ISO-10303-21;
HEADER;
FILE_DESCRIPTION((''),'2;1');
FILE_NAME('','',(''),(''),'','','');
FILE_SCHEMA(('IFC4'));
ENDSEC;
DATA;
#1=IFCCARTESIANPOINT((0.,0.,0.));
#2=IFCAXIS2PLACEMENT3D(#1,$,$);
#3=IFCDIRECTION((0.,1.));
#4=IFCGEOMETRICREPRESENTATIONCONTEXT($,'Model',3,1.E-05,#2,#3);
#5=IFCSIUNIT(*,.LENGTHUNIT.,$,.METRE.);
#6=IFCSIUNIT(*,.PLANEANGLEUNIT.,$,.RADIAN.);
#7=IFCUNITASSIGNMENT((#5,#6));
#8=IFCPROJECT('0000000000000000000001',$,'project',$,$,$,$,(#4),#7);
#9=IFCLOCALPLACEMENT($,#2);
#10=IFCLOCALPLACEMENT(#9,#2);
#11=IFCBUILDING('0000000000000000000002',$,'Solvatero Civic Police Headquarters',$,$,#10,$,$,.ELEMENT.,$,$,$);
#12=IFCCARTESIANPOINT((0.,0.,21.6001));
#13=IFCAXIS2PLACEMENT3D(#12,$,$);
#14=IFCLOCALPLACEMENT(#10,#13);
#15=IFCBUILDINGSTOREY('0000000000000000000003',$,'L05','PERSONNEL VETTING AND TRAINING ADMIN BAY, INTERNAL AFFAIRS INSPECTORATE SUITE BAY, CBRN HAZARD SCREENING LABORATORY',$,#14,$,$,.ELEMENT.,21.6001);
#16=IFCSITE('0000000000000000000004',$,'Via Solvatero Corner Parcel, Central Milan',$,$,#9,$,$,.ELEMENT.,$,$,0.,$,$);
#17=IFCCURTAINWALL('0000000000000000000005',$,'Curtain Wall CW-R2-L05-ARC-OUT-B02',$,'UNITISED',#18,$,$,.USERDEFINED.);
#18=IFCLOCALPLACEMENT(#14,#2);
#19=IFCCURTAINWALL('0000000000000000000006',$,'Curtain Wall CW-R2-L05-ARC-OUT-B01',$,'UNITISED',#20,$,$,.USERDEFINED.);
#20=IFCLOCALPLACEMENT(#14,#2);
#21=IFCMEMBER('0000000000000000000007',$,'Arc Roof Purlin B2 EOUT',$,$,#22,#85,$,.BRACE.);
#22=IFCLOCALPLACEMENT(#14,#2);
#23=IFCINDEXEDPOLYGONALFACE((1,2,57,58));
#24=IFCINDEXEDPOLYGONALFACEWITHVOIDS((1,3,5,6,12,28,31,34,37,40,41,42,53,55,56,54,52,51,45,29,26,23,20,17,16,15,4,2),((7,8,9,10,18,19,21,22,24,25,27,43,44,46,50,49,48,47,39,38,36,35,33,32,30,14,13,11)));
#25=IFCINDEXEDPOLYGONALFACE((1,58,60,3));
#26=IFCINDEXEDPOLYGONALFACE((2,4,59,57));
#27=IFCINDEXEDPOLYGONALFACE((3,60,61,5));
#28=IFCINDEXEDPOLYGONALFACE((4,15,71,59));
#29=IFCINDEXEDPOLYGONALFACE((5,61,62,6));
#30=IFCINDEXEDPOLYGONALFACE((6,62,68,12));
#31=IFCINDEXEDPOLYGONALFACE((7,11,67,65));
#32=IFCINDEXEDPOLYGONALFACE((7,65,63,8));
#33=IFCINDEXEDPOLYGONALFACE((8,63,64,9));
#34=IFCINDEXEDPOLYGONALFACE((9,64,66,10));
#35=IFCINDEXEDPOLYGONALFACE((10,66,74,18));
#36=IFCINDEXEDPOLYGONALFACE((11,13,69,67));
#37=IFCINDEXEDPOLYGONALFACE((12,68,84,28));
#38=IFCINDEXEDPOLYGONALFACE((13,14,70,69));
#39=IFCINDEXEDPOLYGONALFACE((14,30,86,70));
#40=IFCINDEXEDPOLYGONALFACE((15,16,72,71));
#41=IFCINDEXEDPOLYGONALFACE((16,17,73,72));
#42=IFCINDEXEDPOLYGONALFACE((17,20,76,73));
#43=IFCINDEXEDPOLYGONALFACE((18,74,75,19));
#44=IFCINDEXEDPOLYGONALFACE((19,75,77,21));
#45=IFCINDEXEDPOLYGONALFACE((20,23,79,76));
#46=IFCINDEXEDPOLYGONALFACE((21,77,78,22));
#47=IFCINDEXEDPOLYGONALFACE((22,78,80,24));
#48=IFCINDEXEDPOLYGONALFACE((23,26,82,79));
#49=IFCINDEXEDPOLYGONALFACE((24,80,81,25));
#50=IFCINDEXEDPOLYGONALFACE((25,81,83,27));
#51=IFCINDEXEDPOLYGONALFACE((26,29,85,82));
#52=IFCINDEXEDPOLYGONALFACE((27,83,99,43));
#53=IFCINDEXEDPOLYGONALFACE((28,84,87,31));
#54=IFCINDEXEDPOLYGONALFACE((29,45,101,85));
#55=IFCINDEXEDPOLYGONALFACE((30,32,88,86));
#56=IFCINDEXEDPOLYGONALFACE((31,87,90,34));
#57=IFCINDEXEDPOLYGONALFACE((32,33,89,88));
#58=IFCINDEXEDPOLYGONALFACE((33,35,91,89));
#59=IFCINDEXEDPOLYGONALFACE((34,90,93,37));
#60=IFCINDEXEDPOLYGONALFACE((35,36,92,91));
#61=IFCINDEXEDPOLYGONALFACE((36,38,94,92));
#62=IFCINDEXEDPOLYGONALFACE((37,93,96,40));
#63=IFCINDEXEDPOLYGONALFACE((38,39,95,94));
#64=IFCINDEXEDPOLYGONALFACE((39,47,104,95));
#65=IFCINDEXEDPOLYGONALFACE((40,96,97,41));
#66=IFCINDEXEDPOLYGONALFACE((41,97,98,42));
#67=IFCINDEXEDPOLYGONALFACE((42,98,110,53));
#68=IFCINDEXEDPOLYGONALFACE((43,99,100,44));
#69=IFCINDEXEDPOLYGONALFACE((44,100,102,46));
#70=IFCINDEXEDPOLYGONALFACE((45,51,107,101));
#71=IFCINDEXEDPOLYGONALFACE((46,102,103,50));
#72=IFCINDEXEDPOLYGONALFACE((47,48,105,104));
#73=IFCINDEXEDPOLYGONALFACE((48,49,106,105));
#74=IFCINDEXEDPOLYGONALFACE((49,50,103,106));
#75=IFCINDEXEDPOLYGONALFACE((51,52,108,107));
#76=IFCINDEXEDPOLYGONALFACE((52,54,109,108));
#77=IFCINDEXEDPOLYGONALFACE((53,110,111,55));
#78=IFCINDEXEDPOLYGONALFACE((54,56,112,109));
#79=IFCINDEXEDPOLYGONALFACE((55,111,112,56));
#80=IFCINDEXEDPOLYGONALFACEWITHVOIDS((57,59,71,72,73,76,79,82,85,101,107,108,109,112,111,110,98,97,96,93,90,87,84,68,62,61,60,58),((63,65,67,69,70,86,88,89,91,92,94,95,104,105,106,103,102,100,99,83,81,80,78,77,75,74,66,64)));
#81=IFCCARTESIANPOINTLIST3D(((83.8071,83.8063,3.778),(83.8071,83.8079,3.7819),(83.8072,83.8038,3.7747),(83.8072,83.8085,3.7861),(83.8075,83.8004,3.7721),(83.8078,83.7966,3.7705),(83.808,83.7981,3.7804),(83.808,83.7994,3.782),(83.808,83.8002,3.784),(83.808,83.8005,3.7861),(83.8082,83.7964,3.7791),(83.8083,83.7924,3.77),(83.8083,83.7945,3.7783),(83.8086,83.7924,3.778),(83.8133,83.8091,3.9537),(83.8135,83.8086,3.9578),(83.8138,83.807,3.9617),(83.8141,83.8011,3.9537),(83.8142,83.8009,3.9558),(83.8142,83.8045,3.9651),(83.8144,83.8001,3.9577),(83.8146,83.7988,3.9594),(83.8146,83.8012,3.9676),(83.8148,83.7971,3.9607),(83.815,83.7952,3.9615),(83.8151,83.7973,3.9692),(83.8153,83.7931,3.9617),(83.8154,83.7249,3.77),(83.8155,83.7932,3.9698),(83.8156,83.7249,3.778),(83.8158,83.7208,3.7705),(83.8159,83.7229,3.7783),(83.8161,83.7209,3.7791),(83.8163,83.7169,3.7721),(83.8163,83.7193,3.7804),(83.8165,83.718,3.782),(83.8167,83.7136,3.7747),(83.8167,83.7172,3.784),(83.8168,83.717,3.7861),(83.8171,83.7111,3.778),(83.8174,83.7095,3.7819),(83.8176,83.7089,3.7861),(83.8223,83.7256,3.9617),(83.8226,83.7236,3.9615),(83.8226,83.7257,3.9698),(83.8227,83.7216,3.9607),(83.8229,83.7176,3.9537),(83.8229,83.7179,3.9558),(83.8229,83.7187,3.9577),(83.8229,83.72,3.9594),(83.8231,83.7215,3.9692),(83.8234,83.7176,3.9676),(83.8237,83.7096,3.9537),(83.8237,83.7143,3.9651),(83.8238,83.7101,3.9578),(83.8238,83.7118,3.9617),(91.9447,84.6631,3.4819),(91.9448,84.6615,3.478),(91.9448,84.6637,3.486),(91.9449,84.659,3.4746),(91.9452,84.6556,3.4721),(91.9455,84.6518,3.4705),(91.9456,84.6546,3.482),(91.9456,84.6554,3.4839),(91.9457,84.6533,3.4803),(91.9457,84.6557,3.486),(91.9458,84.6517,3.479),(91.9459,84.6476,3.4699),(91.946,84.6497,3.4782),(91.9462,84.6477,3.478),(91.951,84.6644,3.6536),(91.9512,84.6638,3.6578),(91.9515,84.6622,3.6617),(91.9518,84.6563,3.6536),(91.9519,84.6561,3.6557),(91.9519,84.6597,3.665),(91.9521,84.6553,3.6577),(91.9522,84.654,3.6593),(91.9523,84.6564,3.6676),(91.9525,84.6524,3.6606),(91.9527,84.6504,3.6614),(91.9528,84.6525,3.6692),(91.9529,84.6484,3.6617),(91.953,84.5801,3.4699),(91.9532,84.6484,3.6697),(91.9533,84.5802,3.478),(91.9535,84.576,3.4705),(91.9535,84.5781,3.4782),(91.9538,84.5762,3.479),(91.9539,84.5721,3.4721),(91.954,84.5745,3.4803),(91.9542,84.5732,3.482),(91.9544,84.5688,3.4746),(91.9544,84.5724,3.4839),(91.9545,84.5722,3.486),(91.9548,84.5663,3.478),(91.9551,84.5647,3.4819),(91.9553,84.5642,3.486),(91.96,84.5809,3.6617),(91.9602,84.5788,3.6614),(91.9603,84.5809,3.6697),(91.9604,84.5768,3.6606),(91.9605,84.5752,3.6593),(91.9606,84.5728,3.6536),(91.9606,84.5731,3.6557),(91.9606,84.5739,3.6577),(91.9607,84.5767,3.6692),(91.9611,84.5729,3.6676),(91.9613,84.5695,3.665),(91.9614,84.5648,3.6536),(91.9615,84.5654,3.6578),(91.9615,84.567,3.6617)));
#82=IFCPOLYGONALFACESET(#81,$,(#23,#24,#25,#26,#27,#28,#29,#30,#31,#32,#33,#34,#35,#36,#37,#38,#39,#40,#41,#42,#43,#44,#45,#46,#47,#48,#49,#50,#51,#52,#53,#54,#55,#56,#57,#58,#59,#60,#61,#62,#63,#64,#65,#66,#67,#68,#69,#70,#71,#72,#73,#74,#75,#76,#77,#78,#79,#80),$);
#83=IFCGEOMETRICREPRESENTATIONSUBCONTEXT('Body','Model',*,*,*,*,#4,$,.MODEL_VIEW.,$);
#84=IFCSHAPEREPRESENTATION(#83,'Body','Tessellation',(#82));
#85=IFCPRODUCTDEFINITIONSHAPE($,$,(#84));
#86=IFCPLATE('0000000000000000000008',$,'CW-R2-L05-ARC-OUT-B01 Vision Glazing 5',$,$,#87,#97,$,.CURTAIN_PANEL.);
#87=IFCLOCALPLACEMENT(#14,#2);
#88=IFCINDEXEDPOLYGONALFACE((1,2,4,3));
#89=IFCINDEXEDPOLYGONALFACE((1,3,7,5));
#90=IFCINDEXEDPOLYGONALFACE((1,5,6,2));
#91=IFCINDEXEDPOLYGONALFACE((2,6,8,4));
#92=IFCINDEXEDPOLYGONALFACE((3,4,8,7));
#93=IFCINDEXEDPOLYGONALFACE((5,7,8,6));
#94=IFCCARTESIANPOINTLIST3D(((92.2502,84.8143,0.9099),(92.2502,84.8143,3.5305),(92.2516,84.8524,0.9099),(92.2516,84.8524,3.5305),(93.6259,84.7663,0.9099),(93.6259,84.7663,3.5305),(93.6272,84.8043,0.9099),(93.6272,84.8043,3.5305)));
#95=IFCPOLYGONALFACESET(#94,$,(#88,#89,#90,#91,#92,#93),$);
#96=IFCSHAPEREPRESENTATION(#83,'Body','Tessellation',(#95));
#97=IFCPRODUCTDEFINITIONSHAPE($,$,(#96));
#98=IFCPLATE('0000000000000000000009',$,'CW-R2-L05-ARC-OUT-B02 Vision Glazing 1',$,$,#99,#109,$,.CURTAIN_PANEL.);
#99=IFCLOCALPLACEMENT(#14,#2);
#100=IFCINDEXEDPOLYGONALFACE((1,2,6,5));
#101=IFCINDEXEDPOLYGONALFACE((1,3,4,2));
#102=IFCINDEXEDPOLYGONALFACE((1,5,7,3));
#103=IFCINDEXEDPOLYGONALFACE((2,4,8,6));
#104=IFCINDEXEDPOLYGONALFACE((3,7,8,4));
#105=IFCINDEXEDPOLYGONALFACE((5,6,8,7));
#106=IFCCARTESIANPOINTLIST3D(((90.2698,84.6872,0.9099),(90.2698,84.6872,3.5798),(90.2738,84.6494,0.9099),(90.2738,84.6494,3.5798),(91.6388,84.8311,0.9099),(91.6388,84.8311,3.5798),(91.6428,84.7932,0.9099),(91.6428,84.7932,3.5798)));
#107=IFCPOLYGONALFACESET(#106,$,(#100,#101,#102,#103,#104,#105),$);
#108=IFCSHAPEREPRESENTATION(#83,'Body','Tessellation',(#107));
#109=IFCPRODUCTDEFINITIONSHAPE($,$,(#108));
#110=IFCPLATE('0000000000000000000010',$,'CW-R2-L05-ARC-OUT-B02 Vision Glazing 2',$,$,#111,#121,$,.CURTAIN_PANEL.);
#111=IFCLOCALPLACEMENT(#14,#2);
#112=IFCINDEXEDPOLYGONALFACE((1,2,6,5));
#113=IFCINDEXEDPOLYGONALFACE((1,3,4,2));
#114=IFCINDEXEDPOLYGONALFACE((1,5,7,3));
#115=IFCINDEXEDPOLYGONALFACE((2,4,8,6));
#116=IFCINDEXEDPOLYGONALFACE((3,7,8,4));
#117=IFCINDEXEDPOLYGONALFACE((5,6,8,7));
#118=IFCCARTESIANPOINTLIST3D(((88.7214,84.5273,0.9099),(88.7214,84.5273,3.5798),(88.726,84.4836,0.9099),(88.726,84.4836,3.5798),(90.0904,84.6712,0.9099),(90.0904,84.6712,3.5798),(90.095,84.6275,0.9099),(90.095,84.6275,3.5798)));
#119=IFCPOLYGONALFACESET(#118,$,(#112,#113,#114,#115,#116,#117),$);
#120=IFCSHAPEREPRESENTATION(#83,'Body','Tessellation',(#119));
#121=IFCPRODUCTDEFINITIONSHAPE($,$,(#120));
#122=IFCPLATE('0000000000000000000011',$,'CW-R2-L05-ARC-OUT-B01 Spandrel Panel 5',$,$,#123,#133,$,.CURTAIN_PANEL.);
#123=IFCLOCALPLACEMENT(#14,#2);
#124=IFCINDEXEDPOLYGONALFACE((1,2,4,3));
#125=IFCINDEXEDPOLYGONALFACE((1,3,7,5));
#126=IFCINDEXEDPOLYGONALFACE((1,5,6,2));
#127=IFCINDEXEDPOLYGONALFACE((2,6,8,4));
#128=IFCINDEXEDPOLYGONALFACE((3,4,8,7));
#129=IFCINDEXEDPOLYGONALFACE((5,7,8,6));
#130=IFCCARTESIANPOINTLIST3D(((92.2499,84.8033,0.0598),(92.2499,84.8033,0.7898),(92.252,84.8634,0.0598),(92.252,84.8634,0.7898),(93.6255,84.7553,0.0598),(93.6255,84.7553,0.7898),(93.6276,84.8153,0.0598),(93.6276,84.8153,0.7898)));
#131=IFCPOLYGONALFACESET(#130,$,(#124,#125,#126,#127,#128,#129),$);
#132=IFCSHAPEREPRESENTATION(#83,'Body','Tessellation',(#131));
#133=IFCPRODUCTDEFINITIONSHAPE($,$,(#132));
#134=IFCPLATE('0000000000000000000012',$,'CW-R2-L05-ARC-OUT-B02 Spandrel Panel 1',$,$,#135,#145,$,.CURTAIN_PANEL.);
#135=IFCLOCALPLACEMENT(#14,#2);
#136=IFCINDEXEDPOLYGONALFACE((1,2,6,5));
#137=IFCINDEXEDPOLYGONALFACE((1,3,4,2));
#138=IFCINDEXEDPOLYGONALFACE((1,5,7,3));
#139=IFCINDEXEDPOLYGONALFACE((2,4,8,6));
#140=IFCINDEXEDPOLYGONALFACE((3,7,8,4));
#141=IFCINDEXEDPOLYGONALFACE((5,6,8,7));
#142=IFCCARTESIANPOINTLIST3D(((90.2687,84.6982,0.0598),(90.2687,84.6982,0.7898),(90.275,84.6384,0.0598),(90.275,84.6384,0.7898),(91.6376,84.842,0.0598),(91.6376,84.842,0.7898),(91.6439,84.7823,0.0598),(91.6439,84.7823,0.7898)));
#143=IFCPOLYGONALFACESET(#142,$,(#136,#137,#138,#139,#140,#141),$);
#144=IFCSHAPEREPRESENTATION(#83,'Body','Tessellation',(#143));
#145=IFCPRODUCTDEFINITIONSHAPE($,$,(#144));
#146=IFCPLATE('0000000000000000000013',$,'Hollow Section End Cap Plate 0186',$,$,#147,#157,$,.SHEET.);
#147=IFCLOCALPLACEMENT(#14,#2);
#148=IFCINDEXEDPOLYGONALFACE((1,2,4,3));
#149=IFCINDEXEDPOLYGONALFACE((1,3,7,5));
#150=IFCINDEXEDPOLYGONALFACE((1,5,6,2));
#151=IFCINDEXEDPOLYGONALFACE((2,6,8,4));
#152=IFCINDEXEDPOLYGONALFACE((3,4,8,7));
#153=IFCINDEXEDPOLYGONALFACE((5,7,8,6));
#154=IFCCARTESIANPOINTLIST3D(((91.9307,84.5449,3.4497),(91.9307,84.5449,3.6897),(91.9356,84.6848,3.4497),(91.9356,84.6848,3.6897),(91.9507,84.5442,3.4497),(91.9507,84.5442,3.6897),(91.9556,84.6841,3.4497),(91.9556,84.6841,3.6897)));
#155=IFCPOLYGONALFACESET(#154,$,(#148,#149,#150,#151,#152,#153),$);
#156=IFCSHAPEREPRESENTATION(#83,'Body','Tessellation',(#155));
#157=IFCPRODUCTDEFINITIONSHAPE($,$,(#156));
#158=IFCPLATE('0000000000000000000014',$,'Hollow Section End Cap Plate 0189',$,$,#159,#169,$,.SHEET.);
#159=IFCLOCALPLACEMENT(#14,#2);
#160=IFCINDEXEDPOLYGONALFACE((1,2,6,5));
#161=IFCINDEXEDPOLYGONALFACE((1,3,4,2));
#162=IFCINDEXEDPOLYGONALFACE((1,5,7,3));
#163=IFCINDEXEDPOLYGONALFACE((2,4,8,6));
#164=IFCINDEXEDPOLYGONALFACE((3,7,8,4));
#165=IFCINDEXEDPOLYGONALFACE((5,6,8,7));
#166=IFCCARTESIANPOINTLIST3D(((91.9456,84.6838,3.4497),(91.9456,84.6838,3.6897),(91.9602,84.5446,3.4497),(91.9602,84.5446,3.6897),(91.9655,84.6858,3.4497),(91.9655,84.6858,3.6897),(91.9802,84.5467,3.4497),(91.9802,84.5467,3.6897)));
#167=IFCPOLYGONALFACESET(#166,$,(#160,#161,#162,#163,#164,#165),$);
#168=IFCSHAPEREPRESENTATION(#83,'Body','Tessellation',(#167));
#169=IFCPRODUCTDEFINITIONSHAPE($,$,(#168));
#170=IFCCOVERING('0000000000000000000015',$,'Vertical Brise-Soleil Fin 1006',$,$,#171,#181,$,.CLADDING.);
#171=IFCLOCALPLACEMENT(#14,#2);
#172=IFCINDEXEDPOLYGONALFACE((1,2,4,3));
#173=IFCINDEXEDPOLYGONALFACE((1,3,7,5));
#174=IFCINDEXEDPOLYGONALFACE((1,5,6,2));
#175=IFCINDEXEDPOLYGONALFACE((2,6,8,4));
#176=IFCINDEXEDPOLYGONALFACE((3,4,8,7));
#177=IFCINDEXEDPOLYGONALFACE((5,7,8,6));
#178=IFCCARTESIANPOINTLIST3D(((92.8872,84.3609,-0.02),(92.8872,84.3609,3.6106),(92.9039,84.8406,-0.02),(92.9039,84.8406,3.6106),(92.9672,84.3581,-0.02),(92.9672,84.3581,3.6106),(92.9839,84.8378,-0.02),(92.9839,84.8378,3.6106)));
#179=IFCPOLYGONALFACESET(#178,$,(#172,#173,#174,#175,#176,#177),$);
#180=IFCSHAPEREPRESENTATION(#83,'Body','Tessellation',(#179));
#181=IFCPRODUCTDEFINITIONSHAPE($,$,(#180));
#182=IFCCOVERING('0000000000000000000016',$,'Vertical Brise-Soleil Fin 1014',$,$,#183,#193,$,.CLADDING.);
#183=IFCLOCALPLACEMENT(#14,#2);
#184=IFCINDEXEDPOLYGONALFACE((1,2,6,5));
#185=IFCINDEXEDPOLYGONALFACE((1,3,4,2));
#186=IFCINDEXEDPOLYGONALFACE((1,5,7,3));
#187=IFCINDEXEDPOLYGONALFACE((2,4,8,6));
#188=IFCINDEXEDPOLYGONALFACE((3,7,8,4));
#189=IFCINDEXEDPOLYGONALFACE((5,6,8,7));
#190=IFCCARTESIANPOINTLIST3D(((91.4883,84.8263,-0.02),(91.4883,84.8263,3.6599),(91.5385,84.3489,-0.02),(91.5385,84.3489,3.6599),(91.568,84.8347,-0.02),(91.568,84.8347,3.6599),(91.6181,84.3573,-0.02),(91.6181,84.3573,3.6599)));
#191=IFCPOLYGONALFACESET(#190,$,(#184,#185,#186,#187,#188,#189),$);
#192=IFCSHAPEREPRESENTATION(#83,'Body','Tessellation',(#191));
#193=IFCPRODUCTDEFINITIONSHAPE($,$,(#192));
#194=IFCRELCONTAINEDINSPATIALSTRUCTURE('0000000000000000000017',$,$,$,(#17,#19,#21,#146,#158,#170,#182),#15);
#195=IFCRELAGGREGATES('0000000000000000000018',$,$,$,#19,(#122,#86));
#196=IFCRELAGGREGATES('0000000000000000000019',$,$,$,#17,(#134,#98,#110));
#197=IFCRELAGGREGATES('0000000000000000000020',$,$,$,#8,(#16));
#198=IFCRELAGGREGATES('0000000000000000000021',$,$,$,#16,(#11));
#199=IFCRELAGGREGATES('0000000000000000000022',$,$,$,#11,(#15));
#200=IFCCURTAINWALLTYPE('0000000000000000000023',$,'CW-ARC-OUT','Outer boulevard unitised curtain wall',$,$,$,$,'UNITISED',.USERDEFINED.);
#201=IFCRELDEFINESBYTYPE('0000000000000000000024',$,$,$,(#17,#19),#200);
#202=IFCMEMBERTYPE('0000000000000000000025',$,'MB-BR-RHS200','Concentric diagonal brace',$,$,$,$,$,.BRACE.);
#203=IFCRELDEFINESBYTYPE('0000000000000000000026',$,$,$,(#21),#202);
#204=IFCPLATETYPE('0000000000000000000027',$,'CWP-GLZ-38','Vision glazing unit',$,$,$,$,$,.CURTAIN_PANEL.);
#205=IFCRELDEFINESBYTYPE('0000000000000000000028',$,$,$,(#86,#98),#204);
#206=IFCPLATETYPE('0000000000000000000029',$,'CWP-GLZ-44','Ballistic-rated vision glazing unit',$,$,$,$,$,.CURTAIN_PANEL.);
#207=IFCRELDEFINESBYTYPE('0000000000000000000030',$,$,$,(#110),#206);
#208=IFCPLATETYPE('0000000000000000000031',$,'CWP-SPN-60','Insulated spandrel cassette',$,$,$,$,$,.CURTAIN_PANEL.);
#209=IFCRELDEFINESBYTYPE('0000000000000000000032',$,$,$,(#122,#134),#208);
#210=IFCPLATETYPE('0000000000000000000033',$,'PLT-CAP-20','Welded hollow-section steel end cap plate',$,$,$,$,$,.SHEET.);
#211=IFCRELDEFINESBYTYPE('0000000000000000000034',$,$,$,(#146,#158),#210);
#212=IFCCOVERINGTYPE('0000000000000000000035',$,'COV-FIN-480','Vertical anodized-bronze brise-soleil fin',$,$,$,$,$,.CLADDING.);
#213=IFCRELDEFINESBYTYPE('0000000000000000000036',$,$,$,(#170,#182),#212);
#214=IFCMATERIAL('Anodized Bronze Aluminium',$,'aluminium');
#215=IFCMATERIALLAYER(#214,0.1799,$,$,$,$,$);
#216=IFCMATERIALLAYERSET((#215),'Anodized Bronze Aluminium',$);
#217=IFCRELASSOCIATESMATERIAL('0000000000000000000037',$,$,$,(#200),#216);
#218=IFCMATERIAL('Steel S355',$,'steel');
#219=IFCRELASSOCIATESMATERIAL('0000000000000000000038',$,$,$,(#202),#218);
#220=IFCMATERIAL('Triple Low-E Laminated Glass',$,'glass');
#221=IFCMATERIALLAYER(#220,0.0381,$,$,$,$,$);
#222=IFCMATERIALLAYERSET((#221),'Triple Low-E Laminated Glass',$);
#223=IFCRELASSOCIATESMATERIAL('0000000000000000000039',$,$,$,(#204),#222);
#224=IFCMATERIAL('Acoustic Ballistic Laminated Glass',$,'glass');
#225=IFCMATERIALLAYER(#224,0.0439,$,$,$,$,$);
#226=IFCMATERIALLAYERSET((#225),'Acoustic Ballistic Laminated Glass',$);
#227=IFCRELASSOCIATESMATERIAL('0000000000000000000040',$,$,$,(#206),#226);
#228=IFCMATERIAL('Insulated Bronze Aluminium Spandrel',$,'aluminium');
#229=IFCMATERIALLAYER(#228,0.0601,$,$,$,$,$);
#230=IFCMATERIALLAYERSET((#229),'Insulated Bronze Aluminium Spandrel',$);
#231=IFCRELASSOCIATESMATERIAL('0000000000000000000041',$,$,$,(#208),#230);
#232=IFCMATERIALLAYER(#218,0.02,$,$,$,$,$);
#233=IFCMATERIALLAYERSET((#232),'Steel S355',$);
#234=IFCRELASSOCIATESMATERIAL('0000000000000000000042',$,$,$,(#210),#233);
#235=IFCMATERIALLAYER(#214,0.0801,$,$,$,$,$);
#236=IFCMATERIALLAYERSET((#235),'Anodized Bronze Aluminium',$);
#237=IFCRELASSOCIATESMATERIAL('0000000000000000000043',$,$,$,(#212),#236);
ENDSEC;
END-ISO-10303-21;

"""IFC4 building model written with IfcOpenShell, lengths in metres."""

from ifc_helpers import new_model, si_unit, direction, frame, origin, origin_2d, place, context, subcontext, project, spatial, rectangle, hollow_rectangle, extrude, material, layer, layer_set, material_profile, profile_set, type_object, element, aggregate, save


model = new_model("IFC4")

# Units and contexts
model_context = context("Model", 3, precision=1e-05, world=origin(), true_north=direction((0.0, 1.0)))
body_context = subcontext(model_context, "Body", "Model", "MODEL_VIEW")
ifc_project = project(units=[si_unit("LENGTHUNIT", "METRE"), si_unit("PLANEANGLEUNIT", "RADIAN")], contexts=[model_context])

# Site, building, storey
site_placement = place(None, origin())
site = spatial("IfcSite", under=ifc_project, at=site_placement, Name="Via Solvatero Corner Parcel, Central Milan", CompositionType="ELEMENT", RefElevation=0.0)
building_placement = place(site_placement, origin())
building = spatial("IfcBuilding", under=site, at=building_placement, Name="Solvatero Civic Police Headquarters", CompositionType="ELEMENT")
storey_placement = place(building_placement, frame((0.0, 0.0, 21.6001)))
storey = spatial("IfcBuildingStorey", under=building, at=storey_placement, Name="L05", Description="PERSONNEL VETTING AND TRAINING ADMIN BAY, INTERNAL AFFAIRS INSPECTORATE SUITE BAY, CBRN HAZARD SCREENING LABORATORY", CompositionType="ELEMENT", Elevation=21.6001)

# Shared definitions
ifc_material_1 = material(Name="Steel S355", Category="steel")

# Curtain wall
ifc_material_2 = material(Name="Anodized Bronze Aluminium", Category="aluminium")
ifc_layer_1 = layer(ifc_material_2, 0.1799)
ifc_layer_set_1 = layer_set([ifc_layer_1], Name="Anodized Bronze Aluminium")
curtain_wall_type = type_object("IfcCurtainWallType", Name="CW-ARC-OUT", Description="Outer boulevard unitised curtain wall", ElementType="UNITISED", PredefinedType="USERDEFINED", material=ifc_layer_set_1)
curtain_wall_1_placement = place(storey_placement, origin())
curtain_wall_1 = element("IfcCurtainWall", 1, at=curtain_wall_1_placement, inside=storey, type_object=curtain_wall_type, Name="Curtain Wall CW-R2-L05-ARC-OUT-B02", ObjectType="UNITISED", PredefinedType="USERDEFINED")

# Curtain wall
curtain_wall_2_placement = place(storey_placement, origin())
curtain_wall_2 = element("IfcCurtainWall", 2, at=curtain_wall_2_placement, inside=storey, type_object=curtain_wall_type, Name="Curtain Wall CW-R2-L05-ARC-OUT-B01", ObjectType="UNITISED", PredefinedType="USERDEFINED")

# Member
ifc_material_profile_1 = material_profile(ifc_material_1, hollow_rectangle(XDim=0.1001, YDim=0.2, WallThickness=0.0081, InnerFilletRadius=0.0081, OuterFilletRadius=0.0161, at=origin_2d()), Name="RHS 200x100x8.0")
ifc_profile_set_1 = profile_set([ifc_material_profile_1], Name="Steel S355")
member_type_1 = type_object("IfcMemberType", Name="MB-BR-RHS200", Description="Concentric diagonal brace", PredefinedType="BRACE", material=ifc_profile_set_1)
member_1_placement = place(storey_placement, frame((91.9531, 84.6143, 3.5698), z_axis=(-0.993855, -0.104448, 0.036645), x_axis=(0.104519, -0.994523, 0.0)))
element("IfcMember", 3, at=member_1_placement, inside=storey, type_object=member_type_1, Name="Arc Roof Purlin B2 EOUT", PredefinedType="BRACE", context=body_context, shape_type="SweptSolid", body=[
    extrude(hollow_rectangle(XDim=0.1001, YDim=0.2, WallThickness=0.0081, InnerFilletRadius=0.0081, OuterFilletRadius=0.0161, at=origin_2d()), origin(), (0.0, 0.0, 1.0), 8.188),
])

# Plates
ifc_material_3 = material(Name="Triple Low-E Laminated Glass", Category="glass")
ifc_layer_2 = layer(ifc_material_3, 0.0381)
ifc_layer_set_2 = layer_set([ifc_layer_2], Name="Triple Low-E Laminated Glass")
plate_type_1 = type_object("IfcPlateType", Name="CWP-GLZ-38", Description="Vision glazing unit", PredefinedType="CURTAIN_PANEL", material=ifc_layer_set_2)
plate_1_placement = place(storey_placement, frame((92.9387, 84.8093, 0.9099), z_axis=(0.0, 0.0, 1.0), x_axis=(-0.99939, 0.034917, 0.0)))
plate_1 = element("IfcPlate", 4, at=plate_1_placement, type_object=plate_type_1, Name="CW-R2-L05-ARC-OUT-B01 Vision Glazing 5", PredefinedType="CURTAIN_PANEL", context=body_context, shape_type="SweptSolid", body=[
    extrude(rectangle(XDim=1.3765, YDim=0.0381, at=origin_2d()), origin(), (0.0, 0.0, 1.0), 2.6206),
])
plate_2_placement = place(storey_placement, frame((90.9563, 84.7402, 0.9099), z_axis=(0.0, 0.0, 1.0), x_axis=(-0.994524, -0.104511, 0.0)))
plate_2 = element("IfcPlate", 5, at=plate_2_placement, type_object=plate_type_1, Name="CW-R2-L05-ARC-OUT-B02 Vision Glazing 1", PredefinedType="CURTAIN_PANEL", context=body_context, shape_type="SweptSolid", body=[
    extrude(rectangle(XDim=1.3765, YDim=0.0381, at=origin_2d()), origin(), (0.0, 0.0, 1.0), 2.6699),
])
ifc_material_4 = material(Name="Acoustic Ballistic Laminated Glass", Category="glass")
ifc_layer_3 = layer(ifc_material_4, 0.0439)
ifc_layer_set_3 = layer_set([ifc_layer_3], Name="Acoustic Ballistic Laminated Glass")
plate_type_2 = type_object("IfcPlateType", Name="CWP-GLZ-44", Description="Ballistic-rated vision glazing unit", PredefinedType="CURTAIN_PANEL", material=ifc_layer_set_3)
plate_3_placement = place(storey_placement, frame((89.4082, 84.5774, 0.9099), z_axis=(0.0, 0.0, 1.0), x_axis=(-0.994524, -0.104511, 0.0)))
plate_3 = element("IfcPlate", 6, at=plate_3_placement, type_object=plate_type_2, Name="CW-R2-L05-ARC-OUT-B02 Vision Glazing 2", PredefinedType="CURTAIN_PANEL", context=body_context, shape_type="SweptSolid", body=[
    extrude(rectangle(XDim=1.3765, YDim=0.0439, at=origin_2d()), origin(), (0.0, 0.0, 1.0), 2.6699),
])
ifc_material_5 = material(Name="Insulated Bronze Aluminium Spandrel", Category="aluminium")
ifc_layer_4 = layer(ifc_material_5, 0.0601)
ifc_layer_set_4 = layer_set([ifc_layer_4], Name="Insulated Bronze Aluminium Spandrel")
plate_type_3 = type_object("IfcPlateType", Name="CWP-SPN-60", Description="Insulated spandrel cassette", PredefinedType="CURTAIN_PANEL", material=ifc_layer_set_4)
plate_4_placement = place(storey_placement, frame((92.9387, 84.8093, 0.0598), z_axis=(0.0, 0.0, 1.0), x_axis=(-0.99939, 0.034917, 0.0)))
plate_4 = element("IfcPlate", 7, at=plate_4_placement, type_object=plate_type_3, Name="CW-R2-L05-ARC-OUT-B01 Spandrel Panel 5", PredefinedType="CURTAIN_PANEL", context=body_context, shape_type="SweptSolid", body=[
    extrude(rectangle(XDim=1.3765, YDim=0.0601, at=origin_2d()), origin(), (0.0, 0.0, 1.0), 0.73),
])
aggregate(curtain_wall_2, [plate_4, plate_1])
plate_5_placement = place(storey_placement, frame((90.9563, 84.7402, 0.0598), z_axis=(0.0, 0.0, 1.0), x_axis=(-0.994524, -0.104511, 0.0)))
plate_5 = element("IfcPlate", 8, at=plate_5_placement, type_object=plate_type_3, Name="CW-R2-L05-ARC-OUT-B02 Spandrel Panel 1", PredefinedType="CURTAIN_PANEL", context=body_context, shape_type="SweptSolid", body=[
    extrude(rectangle(XDim=1.3765, YDim=0.0601, at=origin_2d()), origin(), (0.0, 0.0, 1.0), 0.73),
])
aggregate(curtain_wall_1, [plate_5, plate_2, plate_3])

# Plates
ifc_layer_5 = layer(ifc_material_1, 0.02)
ifc_layer_set_5 = layer_set([ifc_layer_5], Name="Steel S355")
plate_type_4 = type_object("IfcPlateType", Name="PLT-CAP-20", Description="Welded hollow-section steel end cap plate", PredefinedType="SHEET", material=ifc_layer_set_5)
for number, where, z_axis, x_axis, name in (
    (9, (91.9431, 84.6145, 3.4497), (0.0, 0.0, 1.0), (-0.999391, 0.034899, 0.0), "Hollow Section End Cap Plate 0186"),
    (10, (91.9629, 84.6152, 3.4497), (0.0, 0.0, 1.0), (-0.994522, -0.104528, 0.0), "Hollow Section End Cap Plate 0189"),
):
    element("IfcPlate", number, at=place(storey_placement, frame(where, z_axis=z_axis, x_axis=x_axis)), inside=storey, type_object=plate_type_4, Name=name, PredefinedType="SHEET", context=body_context, shape_type="SweptSolid", body=[
        extrude(rectangle(XDim=0.02, YDim=0.1399, at=origin_2d()), origin(), (0.0, 0.0, 1.0), 0.24),
    ])

# Coverings
ifc_layer_6 = layer(ifc_material_2, 0.0801)
ifc_layer_set_6 = layer_set([ifc_layer_6], Name="Anodized Bronze Aluminium")
covering_type = type_object("IfcCoveringType", Name="COV-FIN-480", Description="Vertical anodized-bronze brise-soleil fin", PredefinedType="CLADDING", material=ifc_layer_set_6)
covering_1_placement = place(storey_placement, frame((92.9355, 84.5994, -0.02), z_axis=(0.0, 0.0, 1.0), x_axis=(-0.99939, 0.034917, 0.0)))
element("IfcCovering", 11, at=covering_1_placement, inside=storey, type_object=covering_type, Name="Vertical Brise-Soleil Fin 1006", PredefinedType="CLADDING", context=body_context, shape_type="SweptSolid", body=[
    extrude(rectangle(XDim=0.0801, YDim=0.48, at=origin_2d()), origin(), (0.0, 0.0, 1.0), 3.6306),
])
covering_2_placement = place(storey_placement, frame((91.5532, 84.5918, -0.02), z_axis=(0.0, 0.0, 1.0), x_axis=(-0.994524, -0.104511, 0.0)))
element("IfcCovering", 12, at=covering_2_placement, inside=storey, type_object=covering_type, Name="Vertical Brise-Soleil Fin 1014", PredefinedType="CLADDING", context=body_context, shape_type="SweptSolid", body=[
    extrude(rectangle(XDim=0.0801, YDim=0.48, at=origin_2d()), origin(), (0.0, 0.0, 1.0), 3.6799),
])

save(model, "model.ifc")
